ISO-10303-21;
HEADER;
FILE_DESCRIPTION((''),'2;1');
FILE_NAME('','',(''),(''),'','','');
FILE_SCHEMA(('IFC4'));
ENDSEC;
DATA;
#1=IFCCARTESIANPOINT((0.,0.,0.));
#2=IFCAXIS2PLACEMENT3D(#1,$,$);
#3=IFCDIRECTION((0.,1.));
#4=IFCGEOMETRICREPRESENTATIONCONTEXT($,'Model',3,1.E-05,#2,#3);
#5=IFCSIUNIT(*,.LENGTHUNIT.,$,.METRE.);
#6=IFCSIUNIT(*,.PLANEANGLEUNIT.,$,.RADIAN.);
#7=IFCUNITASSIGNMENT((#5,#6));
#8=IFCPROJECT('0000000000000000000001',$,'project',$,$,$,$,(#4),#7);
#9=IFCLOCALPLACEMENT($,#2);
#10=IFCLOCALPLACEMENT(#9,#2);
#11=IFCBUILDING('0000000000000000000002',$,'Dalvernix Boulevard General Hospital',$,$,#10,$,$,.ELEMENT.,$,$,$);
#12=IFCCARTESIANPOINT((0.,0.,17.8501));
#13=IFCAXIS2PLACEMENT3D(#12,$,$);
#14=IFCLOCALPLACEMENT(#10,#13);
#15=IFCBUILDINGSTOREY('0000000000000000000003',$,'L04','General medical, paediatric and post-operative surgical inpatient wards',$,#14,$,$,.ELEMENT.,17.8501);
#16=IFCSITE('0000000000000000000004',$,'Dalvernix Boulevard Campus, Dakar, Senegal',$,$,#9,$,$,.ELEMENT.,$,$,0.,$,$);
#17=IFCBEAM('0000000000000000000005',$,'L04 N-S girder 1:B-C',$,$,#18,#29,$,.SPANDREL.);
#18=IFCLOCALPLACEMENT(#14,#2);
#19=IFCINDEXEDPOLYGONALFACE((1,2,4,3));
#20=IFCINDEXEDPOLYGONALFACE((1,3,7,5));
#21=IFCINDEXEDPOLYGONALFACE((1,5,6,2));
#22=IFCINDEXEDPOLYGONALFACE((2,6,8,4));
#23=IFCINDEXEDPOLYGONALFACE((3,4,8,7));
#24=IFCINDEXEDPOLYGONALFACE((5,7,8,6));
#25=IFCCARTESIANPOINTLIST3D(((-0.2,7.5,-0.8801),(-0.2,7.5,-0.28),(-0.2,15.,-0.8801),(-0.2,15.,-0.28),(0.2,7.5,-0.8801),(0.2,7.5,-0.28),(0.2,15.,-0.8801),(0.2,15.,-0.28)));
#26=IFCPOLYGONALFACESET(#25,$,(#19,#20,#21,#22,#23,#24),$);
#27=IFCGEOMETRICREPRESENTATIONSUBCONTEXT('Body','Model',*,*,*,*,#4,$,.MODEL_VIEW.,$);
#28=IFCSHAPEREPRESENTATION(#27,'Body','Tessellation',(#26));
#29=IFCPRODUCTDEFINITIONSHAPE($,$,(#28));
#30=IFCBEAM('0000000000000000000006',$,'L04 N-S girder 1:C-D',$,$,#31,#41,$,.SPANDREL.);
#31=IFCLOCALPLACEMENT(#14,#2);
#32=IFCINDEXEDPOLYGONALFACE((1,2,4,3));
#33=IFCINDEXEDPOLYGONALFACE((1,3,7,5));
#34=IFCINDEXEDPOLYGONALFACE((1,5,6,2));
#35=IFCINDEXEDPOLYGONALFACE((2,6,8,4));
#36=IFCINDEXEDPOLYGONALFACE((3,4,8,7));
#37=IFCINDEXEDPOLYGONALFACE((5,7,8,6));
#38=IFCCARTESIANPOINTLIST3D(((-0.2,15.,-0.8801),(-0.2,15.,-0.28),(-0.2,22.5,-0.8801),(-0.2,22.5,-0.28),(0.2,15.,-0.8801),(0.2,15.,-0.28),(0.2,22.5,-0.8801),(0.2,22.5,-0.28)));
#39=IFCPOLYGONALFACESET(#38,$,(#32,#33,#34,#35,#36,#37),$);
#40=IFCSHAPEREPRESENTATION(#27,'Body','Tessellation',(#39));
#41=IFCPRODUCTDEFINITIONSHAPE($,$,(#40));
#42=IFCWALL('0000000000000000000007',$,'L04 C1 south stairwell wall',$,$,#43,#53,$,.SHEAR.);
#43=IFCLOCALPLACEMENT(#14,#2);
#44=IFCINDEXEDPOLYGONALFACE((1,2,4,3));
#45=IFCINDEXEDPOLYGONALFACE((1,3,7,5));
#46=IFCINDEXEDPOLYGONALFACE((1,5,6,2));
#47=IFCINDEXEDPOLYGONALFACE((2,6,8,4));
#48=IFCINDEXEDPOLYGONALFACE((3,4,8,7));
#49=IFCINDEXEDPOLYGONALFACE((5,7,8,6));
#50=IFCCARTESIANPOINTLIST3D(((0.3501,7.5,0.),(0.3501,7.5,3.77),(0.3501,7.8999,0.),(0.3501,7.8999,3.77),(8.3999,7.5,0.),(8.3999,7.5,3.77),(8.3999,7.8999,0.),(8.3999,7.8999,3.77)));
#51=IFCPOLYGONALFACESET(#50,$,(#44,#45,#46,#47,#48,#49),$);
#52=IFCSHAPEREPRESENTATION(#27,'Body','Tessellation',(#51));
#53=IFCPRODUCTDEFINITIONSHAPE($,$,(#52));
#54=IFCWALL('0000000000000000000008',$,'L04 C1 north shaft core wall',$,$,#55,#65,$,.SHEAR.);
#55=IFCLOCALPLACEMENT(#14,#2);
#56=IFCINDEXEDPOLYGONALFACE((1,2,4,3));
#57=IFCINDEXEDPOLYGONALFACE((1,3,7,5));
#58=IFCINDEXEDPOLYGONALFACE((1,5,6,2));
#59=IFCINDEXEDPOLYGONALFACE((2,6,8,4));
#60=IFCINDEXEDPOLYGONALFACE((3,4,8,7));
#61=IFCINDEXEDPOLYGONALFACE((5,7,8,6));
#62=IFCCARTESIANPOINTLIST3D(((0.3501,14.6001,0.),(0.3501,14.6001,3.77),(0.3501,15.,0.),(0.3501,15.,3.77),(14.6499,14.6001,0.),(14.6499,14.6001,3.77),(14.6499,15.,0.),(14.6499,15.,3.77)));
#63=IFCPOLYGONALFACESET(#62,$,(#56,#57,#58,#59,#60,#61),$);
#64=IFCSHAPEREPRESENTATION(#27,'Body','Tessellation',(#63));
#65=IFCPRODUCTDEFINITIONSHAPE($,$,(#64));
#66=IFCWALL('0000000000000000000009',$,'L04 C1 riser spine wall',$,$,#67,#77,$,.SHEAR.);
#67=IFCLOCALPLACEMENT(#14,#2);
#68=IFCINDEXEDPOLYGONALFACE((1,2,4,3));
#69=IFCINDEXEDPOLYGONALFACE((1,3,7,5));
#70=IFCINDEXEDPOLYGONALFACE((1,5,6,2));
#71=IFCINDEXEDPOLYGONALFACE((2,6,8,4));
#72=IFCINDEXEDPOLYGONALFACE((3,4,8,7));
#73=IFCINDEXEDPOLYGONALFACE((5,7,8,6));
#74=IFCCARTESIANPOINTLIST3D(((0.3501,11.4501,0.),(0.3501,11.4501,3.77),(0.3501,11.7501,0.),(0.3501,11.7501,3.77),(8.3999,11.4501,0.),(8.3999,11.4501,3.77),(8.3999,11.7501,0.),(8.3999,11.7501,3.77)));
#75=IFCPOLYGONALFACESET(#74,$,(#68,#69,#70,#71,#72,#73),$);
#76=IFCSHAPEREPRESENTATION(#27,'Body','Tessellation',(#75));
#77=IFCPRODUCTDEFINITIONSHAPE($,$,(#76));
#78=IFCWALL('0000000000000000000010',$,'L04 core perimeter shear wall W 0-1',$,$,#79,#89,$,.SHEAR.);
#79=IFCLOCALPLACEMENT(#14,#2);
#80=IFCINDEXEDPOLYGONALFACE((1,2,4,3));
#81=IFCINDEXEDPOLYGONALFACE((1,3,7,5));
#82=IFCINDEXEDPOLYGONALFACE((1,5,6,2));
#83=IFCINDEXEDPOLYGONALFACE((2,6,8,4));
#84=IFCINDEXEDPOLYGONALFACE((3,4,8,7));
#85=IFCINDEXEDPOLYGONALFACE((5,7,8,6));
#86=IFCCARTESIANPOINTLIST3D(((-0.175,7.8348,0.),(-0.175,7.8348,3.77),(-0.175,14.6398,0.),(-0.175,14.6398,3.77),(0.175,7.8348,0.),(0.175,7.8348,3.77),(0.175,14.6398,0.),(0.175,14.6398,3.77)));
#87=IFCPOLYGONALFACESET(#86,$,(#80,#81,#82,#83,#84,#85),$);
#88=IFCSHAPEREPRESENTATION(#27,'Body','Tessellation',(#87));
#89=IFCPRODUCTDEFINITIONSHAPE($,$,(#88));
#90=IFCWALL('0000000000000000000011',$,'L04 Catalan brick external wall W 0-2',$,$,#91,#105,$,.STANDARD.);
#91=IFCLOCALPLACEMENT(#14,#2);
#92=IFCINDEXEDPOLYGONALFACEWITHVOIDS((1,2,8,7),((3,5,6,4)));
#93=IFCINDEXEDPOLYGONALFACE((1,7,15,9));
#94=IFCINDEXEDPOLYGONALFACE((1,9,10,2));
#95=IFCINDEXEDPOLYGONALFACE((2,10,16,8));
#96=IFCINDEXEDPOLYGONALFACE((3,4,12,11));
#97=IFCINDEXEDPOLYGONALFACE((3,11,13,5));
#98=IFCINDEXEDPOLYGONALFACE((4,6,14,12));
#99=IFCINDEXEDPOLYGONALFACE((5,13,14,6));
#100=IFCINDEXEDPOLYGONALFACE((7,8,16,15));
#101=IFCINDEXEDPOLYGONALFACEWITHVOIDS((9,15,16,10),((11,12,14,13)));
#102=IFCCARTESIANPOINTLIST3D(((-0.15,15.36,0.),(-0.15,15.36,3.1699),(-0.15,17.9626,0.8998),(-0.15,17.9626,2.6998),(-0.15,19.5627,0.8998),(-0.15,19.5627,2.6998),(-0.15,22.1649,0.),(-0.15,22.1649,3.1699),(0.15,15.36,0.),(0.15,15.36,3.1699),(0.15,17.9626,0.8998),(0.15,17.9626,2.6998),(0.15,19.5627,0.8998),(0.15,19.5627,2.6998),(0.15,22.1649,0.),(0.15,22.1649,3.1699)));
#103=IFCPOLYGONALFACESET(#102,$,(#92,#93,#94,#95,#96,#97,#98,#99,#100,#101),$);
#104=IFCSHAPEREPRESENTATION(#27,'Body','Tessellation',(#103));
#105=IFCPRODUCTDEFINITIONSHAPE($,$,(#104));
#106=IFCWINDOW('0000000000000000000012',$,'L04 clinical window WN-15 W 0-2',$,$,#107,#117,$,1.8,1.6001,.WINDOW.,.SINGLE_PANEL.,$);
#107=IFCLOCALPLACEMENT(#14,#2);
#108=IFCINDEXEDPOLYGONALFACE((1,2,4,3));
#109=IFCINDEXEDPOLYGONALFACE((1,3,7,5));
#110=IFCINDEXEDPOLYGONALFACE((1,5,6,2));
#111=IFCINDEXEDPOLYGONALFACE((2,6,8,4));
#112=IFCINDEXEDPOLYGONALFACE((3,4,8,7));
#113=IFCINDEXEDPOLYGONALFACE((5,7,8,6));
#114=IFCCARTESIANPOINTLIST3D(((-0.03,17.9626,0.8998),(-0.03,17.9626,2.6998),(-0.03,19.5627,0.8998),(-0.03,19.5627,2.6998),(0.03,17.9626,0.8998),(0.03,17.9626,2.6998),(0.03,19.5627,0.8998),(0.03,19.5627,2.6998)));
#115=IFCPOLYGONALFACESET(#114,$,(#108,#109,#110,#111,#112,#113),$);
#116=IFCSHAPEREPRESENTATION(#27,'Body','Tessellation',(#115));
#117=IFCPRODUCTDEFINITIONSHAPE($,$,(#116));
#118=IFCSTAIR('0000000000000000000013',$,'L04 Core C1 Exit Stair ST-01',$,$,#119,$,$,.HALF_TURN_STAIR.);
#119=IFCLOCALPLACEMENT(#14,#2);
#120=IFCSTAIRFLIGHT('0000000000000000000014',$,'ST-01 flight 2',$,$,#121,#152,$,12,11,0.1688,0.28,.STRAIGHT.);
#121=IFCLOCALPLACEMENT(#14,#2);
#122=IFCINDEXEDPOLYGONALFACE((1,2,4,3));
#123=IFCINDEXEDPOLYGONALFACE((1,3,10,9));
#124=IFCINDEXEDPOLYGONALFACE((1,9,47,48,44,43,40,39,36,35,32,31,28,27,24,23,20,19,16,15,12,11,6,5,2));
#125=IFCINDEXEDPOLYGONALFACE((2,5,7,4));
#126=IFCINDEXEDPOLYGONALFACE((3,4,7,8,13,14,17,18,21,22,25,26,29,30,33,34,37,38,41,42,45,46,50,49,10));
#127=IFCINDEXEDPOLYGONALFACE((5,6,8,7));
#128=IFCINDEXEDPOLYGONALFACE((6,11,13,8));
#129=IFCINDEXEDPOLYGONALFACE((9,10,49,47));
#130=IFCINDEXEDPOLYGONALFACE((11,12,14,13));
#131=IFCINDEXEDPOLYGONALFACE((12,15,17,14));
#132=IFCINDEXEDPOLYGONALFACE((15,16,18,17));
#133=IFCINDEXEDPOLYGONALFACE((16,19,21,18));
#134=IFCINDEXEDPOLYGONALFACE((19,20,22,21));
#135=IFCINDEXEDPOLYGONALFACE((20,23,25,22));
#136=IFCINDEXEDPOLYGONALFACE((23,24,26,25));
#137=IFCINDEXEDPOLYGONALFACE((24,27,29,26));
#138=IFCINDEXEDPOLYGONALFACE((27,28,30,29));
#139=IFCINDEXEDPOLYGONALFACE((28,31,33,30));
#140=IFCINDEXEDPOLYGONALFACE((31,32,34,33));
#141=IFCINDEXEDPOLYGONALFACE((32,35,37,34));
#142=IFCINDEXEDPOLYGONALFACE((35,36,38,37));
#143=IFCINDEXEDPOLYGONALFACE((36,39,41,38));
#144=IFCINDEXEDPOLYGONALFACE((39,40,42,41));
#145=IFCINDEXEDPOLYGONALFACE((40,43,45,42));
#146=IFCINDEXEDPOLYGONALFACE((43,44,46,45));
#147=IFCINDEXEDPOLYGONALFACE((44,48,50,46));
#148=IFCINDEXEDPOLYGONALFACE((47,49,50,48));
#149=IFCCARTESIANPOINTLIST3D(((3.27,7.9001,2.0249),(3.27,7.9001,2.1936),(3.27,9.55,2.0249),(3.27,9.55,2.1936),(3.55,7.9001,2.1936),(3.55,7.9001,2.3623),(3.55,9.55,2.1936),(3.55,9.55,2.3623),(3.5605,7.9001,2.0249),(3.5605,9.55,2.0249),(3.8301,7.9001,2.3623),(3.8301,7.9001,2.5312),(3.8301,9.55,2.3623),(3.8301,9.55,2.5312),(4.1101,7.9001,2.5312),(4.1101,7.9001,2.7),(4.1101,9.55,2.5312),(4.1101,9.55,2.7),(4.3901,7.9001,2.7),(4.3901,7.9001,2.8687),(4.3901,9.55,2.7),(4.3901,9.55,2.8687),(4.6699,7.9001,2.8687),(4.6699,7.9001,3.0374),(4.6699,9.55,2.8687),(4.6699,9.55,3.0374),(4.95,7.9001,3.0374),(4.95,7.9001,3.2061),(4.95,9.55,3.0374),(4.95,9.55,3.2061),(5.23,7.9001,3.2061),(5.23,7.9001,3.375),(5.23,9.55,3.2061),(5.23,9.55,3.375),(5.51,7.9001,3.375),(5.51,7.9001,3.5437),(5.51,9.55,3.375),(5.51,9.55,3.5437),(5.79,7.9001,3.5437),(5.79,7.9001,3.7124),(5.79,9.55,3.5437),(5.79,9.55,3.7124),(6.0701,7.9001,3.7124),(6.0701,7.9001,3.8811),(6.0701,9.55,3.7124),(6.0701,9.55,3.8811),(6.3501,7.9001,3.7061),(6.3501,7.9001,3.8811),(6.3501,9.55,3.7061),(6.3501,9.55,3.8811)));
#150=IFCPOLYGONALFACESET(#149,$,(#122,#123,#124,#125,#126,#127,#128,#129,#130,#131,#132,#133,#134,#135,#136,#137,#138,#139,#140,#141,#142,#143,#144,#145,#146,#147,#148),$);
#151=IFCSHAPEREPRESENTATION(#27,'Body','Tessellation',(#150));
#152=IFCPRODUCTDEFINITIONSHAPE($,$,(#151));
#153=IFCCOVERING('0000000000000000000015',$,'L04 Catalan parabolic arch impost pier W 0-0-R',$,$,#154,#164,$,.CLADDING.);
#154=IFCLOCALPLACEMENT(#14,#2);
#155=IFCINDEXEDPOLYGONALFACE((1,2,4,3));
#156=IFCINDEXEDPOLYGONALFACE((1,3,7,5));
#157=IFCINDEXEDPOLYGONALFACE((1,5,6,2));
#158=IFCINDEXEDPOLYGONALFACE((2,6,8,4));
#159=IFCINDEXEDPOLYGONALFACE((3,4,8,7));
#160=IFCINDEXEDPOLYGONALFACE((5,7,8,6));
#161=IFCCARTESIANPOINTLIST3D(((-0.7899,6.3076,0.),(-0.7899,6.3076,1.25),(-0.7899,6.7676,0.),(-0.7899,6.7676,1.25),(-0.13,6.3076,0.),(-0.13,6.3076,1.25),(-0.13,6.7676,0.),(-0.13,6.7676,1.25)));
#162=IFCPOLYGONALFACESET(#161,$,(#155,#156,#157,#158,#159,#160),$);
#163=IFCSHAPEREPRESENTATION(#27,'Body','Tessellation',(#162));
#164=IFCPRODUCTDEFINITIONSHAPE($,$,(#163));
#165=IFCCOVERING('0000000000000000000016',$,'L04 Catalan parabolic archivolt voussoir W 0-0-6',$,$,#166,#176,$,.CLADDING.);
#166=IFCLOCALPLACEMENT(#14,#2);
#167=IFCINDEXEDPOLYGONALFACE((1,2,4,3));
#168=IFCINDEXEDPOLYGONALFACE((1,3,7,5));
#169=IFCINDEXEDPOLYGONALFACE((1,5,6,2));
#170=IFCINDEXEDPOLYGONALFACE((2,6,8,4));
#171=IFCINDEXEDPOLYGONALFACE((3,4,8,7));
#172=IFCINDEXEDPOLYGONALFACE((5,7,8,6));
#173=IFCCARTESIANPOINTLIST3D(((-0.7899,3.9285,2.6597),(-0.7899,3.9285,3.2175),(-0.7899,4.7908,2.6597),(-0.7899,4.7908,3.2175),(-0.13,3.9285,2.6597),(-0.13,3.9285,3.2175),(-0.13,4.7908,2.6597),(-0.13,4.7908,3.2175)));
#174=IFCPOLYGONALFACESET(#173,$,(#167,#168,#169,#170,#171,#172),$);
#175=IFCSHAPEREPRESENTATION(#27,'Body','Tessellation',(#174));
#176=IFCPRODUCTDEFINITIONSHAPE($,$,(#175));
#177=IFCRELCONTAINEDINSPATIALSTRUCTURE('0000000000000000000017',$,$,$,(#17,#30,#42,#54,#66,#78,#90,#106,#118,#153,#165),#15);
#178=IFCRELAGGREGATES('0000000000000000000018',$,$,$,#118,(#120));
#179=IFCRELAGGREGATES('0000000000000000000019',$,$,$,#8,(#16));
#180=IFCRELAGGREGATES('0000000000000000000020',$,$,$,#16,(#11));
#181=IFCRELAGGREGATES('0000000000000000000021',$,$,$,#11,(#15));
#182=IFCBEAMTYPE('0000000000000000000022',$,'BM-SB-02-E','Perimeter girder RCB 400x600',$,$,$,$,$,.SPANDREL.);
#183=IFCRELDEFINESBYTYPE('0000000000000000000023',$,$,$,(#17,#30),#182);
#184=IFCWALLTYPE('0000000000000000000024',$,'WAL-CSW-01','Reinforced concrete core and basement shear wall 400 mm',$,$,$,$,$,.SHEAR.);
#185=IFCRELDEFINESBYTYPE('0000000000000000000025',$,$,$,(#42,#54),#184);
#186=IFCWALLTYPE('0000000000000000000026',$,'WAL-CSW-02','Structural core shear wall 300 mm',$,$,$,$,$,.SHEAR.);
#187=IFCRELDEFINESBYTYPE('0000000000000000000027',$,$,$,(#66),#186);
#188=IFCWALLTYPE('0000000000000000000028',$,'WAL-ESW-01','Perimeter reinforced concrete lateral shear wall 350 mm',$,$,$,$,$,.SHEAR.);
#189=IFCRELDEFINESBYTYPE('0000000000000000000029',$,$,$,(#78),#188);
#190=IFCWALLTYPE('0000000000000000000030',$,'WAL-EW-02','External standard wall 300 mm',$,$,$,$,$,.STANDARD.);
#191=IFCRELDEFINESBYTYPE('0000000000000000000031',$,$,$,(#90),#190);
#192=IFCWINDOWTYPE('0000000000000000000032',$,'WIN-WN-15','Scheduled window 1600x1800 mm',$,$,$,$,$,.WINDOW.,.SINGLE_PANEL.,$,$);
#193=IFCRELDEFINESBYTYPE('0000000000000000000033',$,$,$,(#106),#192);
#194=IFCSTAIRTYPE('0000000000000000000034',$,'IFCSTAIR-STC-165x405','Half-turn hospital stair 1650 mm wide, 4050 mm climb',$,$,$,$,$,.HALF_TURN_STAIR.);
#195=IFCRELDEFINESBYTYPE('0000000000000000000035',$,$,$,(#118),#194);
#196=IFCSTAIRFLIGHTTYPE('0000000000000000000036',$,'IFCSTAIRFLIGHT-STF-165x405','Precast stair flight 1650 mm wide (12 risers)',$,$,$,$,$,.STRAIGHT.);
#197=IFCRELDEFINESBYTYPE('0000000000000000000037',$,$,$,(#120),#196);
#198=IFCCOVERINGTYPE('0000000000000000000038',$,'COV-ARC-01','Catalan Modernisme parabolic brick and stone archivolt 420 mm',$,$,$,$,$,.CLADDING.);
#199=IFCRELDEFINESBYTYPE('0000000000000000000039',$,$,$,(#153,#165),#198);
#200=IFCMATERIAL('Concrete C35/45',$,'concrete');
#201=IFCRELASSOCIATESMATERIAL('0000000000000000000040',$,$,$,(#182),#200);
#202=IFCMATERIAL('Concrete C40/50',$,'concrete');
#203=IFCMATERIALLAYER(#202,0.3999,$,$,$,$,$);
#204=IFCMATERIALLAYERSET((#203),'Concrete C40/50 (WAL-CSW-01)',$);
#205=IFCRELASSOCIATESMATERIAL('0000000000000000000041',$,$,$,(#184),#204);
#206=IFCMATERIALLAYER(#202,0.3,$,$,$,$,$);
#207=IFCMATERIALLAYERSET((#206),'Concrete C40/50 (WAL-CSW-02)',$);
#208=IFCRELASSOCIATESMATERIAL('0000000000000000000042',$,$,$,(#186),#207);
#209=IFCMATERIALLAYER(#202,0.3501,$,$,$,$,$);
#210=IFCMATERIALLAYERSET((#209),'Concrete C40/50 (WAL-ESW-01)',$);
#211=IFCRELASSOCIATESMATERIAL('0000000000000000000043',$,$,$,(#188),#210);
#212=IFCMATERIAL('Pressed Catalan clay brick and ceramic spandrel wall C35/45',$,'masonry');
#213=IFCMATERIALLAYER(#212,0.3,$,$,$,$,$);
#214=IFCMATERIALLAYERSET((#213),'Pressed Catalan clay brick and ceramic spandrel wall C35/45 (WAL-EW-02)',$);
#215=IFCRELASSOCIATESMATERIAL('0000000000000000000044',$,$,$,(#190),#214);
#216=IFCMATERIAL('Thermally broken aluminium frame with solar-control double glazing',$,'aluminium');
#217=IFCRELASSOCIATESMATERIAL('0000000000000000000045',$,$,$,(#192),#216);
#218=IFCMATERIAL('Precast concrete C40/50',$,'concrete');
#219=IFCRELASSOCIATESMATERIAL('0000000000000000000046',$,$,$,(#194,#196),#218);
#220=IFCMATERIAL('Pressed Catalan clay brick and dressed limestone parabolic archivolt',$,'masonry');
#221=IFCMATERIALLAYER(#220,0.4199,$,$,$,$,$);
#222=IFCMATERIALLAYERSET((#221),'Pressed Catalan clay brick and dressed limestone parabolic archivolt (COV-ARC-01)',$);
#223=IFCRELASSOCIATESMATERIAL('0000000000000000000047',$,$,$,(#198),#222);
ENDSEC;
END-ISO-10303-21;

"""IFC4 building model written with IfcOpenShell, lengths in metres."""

from ifc_helpers import new_model, si_unit, direction, frame, frame_2d, origin, origin_2d, place, context, subcontext, project, spatial, polyline, rectangle, outline, extrude, material, layer, layer_set, material_profile, profile_set, type_object, element, fill, aggregate, save


model = new_model("IFC4")

# Units and contexts
model_context = context("Model", 3, precision=1e-05, world=origin(), true_north=direction((0.0, 1.0)))
body_context = subcontext(model_context, "Body", "Model", "MODEL_VIEW")
ifc_project = project(units=[si_unit("LENGTHUNIT", "METRE"), si_unit("PLANEANGLEUNIT", "RADIAN")], contexts=[model_context])

# Site, building, storey
site_placement = place(None, origin())
site = spatial("IfcSite", under=ifc_project, at=site_placement, Name="Dalvernix Boulevard Campus, Dakar, Senegal", CompositionType="ELEMENT", RefElevation=0.0)
building_placement = place(site_placement, origin())
building = spatial("IfcBuilding", under=site, at=building_placement, Name="Dalvernix Boulevard General Hospital", CompositionType="ELEMENT")
storey_placement = place(building_placement, frame((0.0, 0.0, 17.8501)))
storey = spatial("IfcBuildingStorey", under=building, at=storey_placement, Name="L04", Description="General medical, paediatric and post-operative surgical inpatient wards", CompositionType="ELEMENT", Elevation=17.8501)

# Shared definitions
ifc_material_1 = material(Name="Concrete C40/50", Category="concrete")

# Beams
ifc_material_2 = material(Name="Concrete C35/45", Category="concrete")
ifc_material_profile_1 = material_profile(ifc_material_2, rectangle(XDim=0.3999, YDim=0.6001, at=origin_2d()), Name="RCB 400x600")
ifc_profile_set_1 = profile_set([ifc_material_profile_1], Name="Concrete C35/45")
beam_type_1 = type_object("IfcBeamType", Name="BM-SB-02-E", Description="Perimeter girder RCB 400x600", PredefinedType="SPANDREL", material=ifc_profile_set_1)
for number, where, z_axis, x_axis, name in (
    (1, (0.0, 7.5, -0.5801), (0.0, 1.0, 0.0), (-1.0, 0.0, 0.0), "L04 N-S girder 1:B-C"),
    (2, (0.0, 15.0, -0.5801), (0.0, 1.0, 0.0), (-1.0, 0.0, 0.0), "L04 N-S girder 1:C-D"),
):
    element("IfcBeam", number, at=place(storey_placement, frame(where, z_axis=z_axis, x_axis=x_axis)), inside=storey, type_object=beam_type_1, Name=name, PredefinedType="SPANDREL", context=body_context, shape_type="SweptSolid", body=[
        extrude(rectangle(XDim=0.3999, YDim=0.6001, at=origin_2d()), origin(), (0.0, 0.0, 1.0), 7.5),
    ])

# Walls
ifc_layer_1 = layer(ifc_material_1, 0.3999)
ifc_layer_set_1 = layer_set([ifc_layer_1], Name="Concrete C40/50 (WAL-CSW-01)")
wall_type_1 = type_object("IfcWallType", Name="WAL-CSW-01", Description="Reinforced concrete core and basement shear wall 400 mm", PredefinedType="SHEAR", material=ifc_layer_set_1)
wall_1_placement = place(storey_placement, frame((0.3501, 7.7, 0.0), z_axis=(0.0, 0.0, 1.0), x_axis=(1.0, 0.0, 0.0)))
element("IfcWall", 3, at=wall_1_placement, inside=storey, type_object=wall_type_1, Name="L04 C1 south stairwell wall", PredefinedType="SHEAR", context=body_context, shape_type="SweptSolid", body=[
    extrude(rectangle(XDim=8.0498, YDim=0.3999, at=frame_2d((4.0249, 0.0))), origin(), (0.0, 0.0, 1.0), 3.77),
])
wall_2_placement = place(storey_placement, frame((0.3501, 14.8, 0.0), z_axis=(0.0, 0.0, 1.0), x_axis=(1.0, 0.0, 0.0)))
element("IfcWall", 4, at=wall_2_placement, inside=storey, type_object=wall_type_1, Name="L04 C1 north shaft core wall", PredefinedType="SHEAR", context=body_context, shape_type="SweptSolid", body=[
    extrude(rectangle(XDim=14.2998, YDim=0.3999, at=frame_2d((7.1499, 0.0))), origin(), (0.0, 0.0, 1.0), 3.77),
])
ifc_layer_2 = layer(ifc_material_1, 0.3)
ifc_layer_set_2 = layer_set([ifc_layer_2], Name="Concrete C40/50 (WAL-CSW-02)")
wall_type_2 = type_object("IfcWallType", Name="WAL-CSW-02", Description="Structural core shear wall 300 mm", PredefinedType="SHEAR", material=ifc_layer_set_2)
wall_3_placement = place(storey_placement, frame((0.3501, 11.6001, 0.0), z_axis=(0.0, 0.0, 1.0), x_axis=(1.0, 0.0, 0.0)))
element("IfcWall", 5, at=wall_3_placement, inside=storey, type_object=wall_type_2, Name="L04 C1 riser spine wall", PredefinedType="SHEAR", context=body_context, shape_type="SweptSolid", body=[
    extrude(rectangle(XDim=8.0498, YDim=0.3, at=frame_2d((4.0249, 0.0))), origin(), (0.0, 0.0, 1.0), 3.77),
])
ifc_layer_3 = layer(ifc_material_1, 0.3501)
ifc_layer_set_3 = layer_set([ifc_layer_3], Name="Concrete C40/50 (WAL-ESW-01)")
wall_type_3 = type_object("IfcWallType", Name="WAL-ESW-01", Description="Perimeter reinforced concrete lateral shear wall 350 mm", PredefinedType="SHEAR", material=ifc_layer_set_3)
wall_4_placement = place(storey_placement, frame((0.0, 7.835, 0.0), z_axis=(0.0, 0.0, 1.0), x_axis=(0.0, 1.0, 0.0)))
element("IfcWall", 6, at=wall_4_placement, inside=storey, type_object=wall_type_3, Name="L04 core perimeter shear wall W 0-1", PredefinedType="SHEAR", context=body_context, shape_type="SweptSolid", body=[
    extrude(rectangle(XDim=6.8049, YDim=0.3501, at=frame_2d((3.4023, 0.0))), origin(), (0.0, 0.0, 1.0), 3.77),
])

# Wall, opening, window
ifc_material_3 = material(Name="Pressed Catalan clay brick and ceramic spandrel wall C35/45", Category="masonry")
ifc_layer_4 = layer(ifc_material_3, 0.3)
ifc_layer_set_4 = layer_set([ifc_layer_4], Name="Pressed Catalan clay brick and ceramic spandrel wall C35/45 (WAL-EW-02)")
wall_type_4 = type_object("IfcWallType", Name="WAL-EW-02", Description="External standard wall 300 mm", PredefinedType="STANDARD", material=ifc_layer_set_4)
wall_5_placement = place(storey_placement, frame((0.0, 15.3601, 0.0), z_axis=(0.0, 0.0, 1.0), x_axis=(0.0, 1.0, 0.0)))
wall_5 = element("IfcWall", 7, at=wall_5_placement, inside=storey, type_object=wall_type_4, Name="L04 Catalan brick external wall W 0-2", PredefinedType="STANDARD", context=body_context, shape_type="SweptSolid", body=[
    extrude(rectangle(XDim=6.8049, YDim=0.3, at=frame_2d((3.4023, 0.0))), origin(), (0.0, 0.0, 1.0), 3.1699),
])
opening_placement = place(wall_5_placement, frame((2.6025, 0.0, 0.8999)))
opening = element("IfcOpeningElement", 8, at=opening_placement, cuts=wall_5, PredefinedType="OPENING", context=body_context, shape_type="SweptSolid", body=[
    extrude(rectangle(XDim=1.6001, YDim=1.8, at=frame_2d((0.8, 0.8999))), frame((0.0, 0.1599, 0.0), z_axis=(0.0, -1.0, 0.0), x_axis=(1.0, 0.0, 0.0)), (0.0, 0.0, 1.0), 0.3201),
])
ifc_material_4 = material(Name="Thermally broken aluminium frame with solar-control double glazing", Category="aluminium")
window_type = type_object("IfcWindowType", Name="WIN-WN-15", Description="Scheduled window 1600x1800 mm", PartitioningType="SINGLE_PANEL", PredefinedType="WINDOW", material=ifc_material_4)
window_placement = place(opening_placement, origin())
window = element("IfcWindow", 9, at=window_placement, inside=storey, type_object=window_type, Name="L04 clinical window WN-15 W 0-2", OverallHeight=1.8, OverallWidth=1.6001, PartitioningType="SINGLE_PANEL", PredefinedType="WINDOW", context=body_context, shape_type="SweptSolid", body=[
    extrude(rectangle(XDim=1.6001, YDim=1.8, at=frame_2d((0.8, 0.8999))), frame((0.0, 0.03, 0.0), z_axis=(0.0, -1.0, 0.0), x_axis=(1.0, 0.0, 0.0)), (0.0, 0.0, 1.0), 0.0601),
])
fill(opening, window)

# Stair, stair flight
ifc_material_5 = material(Name="Precast concrete C40/50", Category="concrete")
stair_type = type_object("IfcStairType", Name="IFCSTAIR-STC-165x405", Description="Half-turn hospital stair 1650 mm wide, 4050 mm climb", PredefinedType="HALF_TURN_STAIR", material=ifc_material_5)
stair_placement = place(storey_placement, origin())
stair = element("IfcStair", 10, at=stair_placement, inside=storey, type_object=stair_type, Name="L04 Core C1 Exit Stair ST-01", PredefinedType="HALF_TURN_STAIR")
stair_flight_type = type_object("IfcStairFlightType", Name="IFCSTAIRFLIGHT-STF-165x405", Description="Precast stair flight 1650 mm wide (12 risers)", PredefinedType="STRAIGHT", material=ifc_material_5)
stair_flight_placement = place(storey_placement, frame((3.27, 8.7251, 2.0249), z_axis=(0.0, 0.0, 1.0), x_axis=(1.0, 0.0, 0.0)))
stair_flight = element("IfcStairFlight", 11, at=stair_flight_placement, type_object=stair_flight_type, Name="ST-01 flight 2", NumberOfRisers=12, NumberOfTreads=11, PredefinedType="STRAIGHT", RiserHeight=0.1688, TreadLength=0.28, context=body_context, shape_type="SweptSolid", body=[
    extrude(outline(polyline([(0.0, 0.0), (0.0, 0.1687), (0.28, 0.1687), (0.28, 0.3374), (0.5601, 0.3374), (0.5601, 0.5063), (0.8401, 0.5063), (0.8401, 0.675), (1.1201, 0.675), (1.1201, 0.8438), (1.3999, 0.8438), (1.3999, 1.0125), (1.6799, 1.0125), (1.6799, 1.1812), (1.96, 1.1812), (1.96, 1.3501), (2.24, 1.3501), (2.24, 1.5188), (2.52, 1.5188), (2.52, 1.6875), (2.8, 1.6875), (2.8, 1.8562), (3.0801, 1.8562), (3.0801, 2.0249), (3.0801, 1.6812), (0.2905, 0.0), (0.0, 0.0)])), frame((0.0, 0.825, 0.0), z_axis=(0.0, -1.0, 0.0), x_axis=(1.0, 0.0, 0.0)), (0.0, 0.0, 1.0), 1.6499),
])
aggregate(stair, [stair_flight])

# Coverings
ifc_material_6 = material(Name="Pressed Catalan clay brick and dressed limestone parabolic archivolt", Category="masonry")
ifc_layer_5 = layer(ifc_material_6, 0.4199)
ifc_layer_set_5 = layer_set([ifc_layer_5], Name="Pressed Catalan clay brick and dressed limestone parabolic archivolt (COV-ARC-01)")
covering_type_1 = type_object("IfcCoveringType", Name="COV-ARC-01", Description="Catalan Modernisme parabolic brick and stone archivolt 420 mm", PredefinedType="CLADDING", material=ifc_layer_set_5)
covering_1_placement = place(storey_placement, frame((-0.46, 6.5376, 0.0), z_axis=(0.0, 0.0, 1.0), x_axis=(0.0, 1.0, 0.0)))
element("IfcCovering", 12, at=covering_1_placement, inside=storey, type_object=covering_type_1, Name="L04 Catalan parabolic arch impost pier W 0-0-R", PredefinedType="CLADDING", context=body_context, shape_type="SweptSolid", body=[
    extrude(rectangle(XDim=0.46, YDim=0.6599, at=origin_2d()), origin(), (0.0, 0.0, 1.0), 1.25),
])
covering_2_placement = place(storey_placement, frame((-0.46, 4.3596, 2.6597), z_axis=(0.0, 0.0, 1.0), x_axis=(0.0, 1.0, 0.0)))
element("IfcCovering", 13, at=covering_2_placement, inside=storey, type_object=covering_type_1, Name="L04 Catalan parabolic archivolt voussoir W 0-0-6", PredefinedType="CLADDING", context=body_context, shape_type="SweptSolid", body=[
    extrude(rectangle(XDim=0.8623, YDim=0.6599, at=origin_2d()), origin(), (0.0, 0.0, 1.0), 0.5579),
])

save(model, "model.ifc")
